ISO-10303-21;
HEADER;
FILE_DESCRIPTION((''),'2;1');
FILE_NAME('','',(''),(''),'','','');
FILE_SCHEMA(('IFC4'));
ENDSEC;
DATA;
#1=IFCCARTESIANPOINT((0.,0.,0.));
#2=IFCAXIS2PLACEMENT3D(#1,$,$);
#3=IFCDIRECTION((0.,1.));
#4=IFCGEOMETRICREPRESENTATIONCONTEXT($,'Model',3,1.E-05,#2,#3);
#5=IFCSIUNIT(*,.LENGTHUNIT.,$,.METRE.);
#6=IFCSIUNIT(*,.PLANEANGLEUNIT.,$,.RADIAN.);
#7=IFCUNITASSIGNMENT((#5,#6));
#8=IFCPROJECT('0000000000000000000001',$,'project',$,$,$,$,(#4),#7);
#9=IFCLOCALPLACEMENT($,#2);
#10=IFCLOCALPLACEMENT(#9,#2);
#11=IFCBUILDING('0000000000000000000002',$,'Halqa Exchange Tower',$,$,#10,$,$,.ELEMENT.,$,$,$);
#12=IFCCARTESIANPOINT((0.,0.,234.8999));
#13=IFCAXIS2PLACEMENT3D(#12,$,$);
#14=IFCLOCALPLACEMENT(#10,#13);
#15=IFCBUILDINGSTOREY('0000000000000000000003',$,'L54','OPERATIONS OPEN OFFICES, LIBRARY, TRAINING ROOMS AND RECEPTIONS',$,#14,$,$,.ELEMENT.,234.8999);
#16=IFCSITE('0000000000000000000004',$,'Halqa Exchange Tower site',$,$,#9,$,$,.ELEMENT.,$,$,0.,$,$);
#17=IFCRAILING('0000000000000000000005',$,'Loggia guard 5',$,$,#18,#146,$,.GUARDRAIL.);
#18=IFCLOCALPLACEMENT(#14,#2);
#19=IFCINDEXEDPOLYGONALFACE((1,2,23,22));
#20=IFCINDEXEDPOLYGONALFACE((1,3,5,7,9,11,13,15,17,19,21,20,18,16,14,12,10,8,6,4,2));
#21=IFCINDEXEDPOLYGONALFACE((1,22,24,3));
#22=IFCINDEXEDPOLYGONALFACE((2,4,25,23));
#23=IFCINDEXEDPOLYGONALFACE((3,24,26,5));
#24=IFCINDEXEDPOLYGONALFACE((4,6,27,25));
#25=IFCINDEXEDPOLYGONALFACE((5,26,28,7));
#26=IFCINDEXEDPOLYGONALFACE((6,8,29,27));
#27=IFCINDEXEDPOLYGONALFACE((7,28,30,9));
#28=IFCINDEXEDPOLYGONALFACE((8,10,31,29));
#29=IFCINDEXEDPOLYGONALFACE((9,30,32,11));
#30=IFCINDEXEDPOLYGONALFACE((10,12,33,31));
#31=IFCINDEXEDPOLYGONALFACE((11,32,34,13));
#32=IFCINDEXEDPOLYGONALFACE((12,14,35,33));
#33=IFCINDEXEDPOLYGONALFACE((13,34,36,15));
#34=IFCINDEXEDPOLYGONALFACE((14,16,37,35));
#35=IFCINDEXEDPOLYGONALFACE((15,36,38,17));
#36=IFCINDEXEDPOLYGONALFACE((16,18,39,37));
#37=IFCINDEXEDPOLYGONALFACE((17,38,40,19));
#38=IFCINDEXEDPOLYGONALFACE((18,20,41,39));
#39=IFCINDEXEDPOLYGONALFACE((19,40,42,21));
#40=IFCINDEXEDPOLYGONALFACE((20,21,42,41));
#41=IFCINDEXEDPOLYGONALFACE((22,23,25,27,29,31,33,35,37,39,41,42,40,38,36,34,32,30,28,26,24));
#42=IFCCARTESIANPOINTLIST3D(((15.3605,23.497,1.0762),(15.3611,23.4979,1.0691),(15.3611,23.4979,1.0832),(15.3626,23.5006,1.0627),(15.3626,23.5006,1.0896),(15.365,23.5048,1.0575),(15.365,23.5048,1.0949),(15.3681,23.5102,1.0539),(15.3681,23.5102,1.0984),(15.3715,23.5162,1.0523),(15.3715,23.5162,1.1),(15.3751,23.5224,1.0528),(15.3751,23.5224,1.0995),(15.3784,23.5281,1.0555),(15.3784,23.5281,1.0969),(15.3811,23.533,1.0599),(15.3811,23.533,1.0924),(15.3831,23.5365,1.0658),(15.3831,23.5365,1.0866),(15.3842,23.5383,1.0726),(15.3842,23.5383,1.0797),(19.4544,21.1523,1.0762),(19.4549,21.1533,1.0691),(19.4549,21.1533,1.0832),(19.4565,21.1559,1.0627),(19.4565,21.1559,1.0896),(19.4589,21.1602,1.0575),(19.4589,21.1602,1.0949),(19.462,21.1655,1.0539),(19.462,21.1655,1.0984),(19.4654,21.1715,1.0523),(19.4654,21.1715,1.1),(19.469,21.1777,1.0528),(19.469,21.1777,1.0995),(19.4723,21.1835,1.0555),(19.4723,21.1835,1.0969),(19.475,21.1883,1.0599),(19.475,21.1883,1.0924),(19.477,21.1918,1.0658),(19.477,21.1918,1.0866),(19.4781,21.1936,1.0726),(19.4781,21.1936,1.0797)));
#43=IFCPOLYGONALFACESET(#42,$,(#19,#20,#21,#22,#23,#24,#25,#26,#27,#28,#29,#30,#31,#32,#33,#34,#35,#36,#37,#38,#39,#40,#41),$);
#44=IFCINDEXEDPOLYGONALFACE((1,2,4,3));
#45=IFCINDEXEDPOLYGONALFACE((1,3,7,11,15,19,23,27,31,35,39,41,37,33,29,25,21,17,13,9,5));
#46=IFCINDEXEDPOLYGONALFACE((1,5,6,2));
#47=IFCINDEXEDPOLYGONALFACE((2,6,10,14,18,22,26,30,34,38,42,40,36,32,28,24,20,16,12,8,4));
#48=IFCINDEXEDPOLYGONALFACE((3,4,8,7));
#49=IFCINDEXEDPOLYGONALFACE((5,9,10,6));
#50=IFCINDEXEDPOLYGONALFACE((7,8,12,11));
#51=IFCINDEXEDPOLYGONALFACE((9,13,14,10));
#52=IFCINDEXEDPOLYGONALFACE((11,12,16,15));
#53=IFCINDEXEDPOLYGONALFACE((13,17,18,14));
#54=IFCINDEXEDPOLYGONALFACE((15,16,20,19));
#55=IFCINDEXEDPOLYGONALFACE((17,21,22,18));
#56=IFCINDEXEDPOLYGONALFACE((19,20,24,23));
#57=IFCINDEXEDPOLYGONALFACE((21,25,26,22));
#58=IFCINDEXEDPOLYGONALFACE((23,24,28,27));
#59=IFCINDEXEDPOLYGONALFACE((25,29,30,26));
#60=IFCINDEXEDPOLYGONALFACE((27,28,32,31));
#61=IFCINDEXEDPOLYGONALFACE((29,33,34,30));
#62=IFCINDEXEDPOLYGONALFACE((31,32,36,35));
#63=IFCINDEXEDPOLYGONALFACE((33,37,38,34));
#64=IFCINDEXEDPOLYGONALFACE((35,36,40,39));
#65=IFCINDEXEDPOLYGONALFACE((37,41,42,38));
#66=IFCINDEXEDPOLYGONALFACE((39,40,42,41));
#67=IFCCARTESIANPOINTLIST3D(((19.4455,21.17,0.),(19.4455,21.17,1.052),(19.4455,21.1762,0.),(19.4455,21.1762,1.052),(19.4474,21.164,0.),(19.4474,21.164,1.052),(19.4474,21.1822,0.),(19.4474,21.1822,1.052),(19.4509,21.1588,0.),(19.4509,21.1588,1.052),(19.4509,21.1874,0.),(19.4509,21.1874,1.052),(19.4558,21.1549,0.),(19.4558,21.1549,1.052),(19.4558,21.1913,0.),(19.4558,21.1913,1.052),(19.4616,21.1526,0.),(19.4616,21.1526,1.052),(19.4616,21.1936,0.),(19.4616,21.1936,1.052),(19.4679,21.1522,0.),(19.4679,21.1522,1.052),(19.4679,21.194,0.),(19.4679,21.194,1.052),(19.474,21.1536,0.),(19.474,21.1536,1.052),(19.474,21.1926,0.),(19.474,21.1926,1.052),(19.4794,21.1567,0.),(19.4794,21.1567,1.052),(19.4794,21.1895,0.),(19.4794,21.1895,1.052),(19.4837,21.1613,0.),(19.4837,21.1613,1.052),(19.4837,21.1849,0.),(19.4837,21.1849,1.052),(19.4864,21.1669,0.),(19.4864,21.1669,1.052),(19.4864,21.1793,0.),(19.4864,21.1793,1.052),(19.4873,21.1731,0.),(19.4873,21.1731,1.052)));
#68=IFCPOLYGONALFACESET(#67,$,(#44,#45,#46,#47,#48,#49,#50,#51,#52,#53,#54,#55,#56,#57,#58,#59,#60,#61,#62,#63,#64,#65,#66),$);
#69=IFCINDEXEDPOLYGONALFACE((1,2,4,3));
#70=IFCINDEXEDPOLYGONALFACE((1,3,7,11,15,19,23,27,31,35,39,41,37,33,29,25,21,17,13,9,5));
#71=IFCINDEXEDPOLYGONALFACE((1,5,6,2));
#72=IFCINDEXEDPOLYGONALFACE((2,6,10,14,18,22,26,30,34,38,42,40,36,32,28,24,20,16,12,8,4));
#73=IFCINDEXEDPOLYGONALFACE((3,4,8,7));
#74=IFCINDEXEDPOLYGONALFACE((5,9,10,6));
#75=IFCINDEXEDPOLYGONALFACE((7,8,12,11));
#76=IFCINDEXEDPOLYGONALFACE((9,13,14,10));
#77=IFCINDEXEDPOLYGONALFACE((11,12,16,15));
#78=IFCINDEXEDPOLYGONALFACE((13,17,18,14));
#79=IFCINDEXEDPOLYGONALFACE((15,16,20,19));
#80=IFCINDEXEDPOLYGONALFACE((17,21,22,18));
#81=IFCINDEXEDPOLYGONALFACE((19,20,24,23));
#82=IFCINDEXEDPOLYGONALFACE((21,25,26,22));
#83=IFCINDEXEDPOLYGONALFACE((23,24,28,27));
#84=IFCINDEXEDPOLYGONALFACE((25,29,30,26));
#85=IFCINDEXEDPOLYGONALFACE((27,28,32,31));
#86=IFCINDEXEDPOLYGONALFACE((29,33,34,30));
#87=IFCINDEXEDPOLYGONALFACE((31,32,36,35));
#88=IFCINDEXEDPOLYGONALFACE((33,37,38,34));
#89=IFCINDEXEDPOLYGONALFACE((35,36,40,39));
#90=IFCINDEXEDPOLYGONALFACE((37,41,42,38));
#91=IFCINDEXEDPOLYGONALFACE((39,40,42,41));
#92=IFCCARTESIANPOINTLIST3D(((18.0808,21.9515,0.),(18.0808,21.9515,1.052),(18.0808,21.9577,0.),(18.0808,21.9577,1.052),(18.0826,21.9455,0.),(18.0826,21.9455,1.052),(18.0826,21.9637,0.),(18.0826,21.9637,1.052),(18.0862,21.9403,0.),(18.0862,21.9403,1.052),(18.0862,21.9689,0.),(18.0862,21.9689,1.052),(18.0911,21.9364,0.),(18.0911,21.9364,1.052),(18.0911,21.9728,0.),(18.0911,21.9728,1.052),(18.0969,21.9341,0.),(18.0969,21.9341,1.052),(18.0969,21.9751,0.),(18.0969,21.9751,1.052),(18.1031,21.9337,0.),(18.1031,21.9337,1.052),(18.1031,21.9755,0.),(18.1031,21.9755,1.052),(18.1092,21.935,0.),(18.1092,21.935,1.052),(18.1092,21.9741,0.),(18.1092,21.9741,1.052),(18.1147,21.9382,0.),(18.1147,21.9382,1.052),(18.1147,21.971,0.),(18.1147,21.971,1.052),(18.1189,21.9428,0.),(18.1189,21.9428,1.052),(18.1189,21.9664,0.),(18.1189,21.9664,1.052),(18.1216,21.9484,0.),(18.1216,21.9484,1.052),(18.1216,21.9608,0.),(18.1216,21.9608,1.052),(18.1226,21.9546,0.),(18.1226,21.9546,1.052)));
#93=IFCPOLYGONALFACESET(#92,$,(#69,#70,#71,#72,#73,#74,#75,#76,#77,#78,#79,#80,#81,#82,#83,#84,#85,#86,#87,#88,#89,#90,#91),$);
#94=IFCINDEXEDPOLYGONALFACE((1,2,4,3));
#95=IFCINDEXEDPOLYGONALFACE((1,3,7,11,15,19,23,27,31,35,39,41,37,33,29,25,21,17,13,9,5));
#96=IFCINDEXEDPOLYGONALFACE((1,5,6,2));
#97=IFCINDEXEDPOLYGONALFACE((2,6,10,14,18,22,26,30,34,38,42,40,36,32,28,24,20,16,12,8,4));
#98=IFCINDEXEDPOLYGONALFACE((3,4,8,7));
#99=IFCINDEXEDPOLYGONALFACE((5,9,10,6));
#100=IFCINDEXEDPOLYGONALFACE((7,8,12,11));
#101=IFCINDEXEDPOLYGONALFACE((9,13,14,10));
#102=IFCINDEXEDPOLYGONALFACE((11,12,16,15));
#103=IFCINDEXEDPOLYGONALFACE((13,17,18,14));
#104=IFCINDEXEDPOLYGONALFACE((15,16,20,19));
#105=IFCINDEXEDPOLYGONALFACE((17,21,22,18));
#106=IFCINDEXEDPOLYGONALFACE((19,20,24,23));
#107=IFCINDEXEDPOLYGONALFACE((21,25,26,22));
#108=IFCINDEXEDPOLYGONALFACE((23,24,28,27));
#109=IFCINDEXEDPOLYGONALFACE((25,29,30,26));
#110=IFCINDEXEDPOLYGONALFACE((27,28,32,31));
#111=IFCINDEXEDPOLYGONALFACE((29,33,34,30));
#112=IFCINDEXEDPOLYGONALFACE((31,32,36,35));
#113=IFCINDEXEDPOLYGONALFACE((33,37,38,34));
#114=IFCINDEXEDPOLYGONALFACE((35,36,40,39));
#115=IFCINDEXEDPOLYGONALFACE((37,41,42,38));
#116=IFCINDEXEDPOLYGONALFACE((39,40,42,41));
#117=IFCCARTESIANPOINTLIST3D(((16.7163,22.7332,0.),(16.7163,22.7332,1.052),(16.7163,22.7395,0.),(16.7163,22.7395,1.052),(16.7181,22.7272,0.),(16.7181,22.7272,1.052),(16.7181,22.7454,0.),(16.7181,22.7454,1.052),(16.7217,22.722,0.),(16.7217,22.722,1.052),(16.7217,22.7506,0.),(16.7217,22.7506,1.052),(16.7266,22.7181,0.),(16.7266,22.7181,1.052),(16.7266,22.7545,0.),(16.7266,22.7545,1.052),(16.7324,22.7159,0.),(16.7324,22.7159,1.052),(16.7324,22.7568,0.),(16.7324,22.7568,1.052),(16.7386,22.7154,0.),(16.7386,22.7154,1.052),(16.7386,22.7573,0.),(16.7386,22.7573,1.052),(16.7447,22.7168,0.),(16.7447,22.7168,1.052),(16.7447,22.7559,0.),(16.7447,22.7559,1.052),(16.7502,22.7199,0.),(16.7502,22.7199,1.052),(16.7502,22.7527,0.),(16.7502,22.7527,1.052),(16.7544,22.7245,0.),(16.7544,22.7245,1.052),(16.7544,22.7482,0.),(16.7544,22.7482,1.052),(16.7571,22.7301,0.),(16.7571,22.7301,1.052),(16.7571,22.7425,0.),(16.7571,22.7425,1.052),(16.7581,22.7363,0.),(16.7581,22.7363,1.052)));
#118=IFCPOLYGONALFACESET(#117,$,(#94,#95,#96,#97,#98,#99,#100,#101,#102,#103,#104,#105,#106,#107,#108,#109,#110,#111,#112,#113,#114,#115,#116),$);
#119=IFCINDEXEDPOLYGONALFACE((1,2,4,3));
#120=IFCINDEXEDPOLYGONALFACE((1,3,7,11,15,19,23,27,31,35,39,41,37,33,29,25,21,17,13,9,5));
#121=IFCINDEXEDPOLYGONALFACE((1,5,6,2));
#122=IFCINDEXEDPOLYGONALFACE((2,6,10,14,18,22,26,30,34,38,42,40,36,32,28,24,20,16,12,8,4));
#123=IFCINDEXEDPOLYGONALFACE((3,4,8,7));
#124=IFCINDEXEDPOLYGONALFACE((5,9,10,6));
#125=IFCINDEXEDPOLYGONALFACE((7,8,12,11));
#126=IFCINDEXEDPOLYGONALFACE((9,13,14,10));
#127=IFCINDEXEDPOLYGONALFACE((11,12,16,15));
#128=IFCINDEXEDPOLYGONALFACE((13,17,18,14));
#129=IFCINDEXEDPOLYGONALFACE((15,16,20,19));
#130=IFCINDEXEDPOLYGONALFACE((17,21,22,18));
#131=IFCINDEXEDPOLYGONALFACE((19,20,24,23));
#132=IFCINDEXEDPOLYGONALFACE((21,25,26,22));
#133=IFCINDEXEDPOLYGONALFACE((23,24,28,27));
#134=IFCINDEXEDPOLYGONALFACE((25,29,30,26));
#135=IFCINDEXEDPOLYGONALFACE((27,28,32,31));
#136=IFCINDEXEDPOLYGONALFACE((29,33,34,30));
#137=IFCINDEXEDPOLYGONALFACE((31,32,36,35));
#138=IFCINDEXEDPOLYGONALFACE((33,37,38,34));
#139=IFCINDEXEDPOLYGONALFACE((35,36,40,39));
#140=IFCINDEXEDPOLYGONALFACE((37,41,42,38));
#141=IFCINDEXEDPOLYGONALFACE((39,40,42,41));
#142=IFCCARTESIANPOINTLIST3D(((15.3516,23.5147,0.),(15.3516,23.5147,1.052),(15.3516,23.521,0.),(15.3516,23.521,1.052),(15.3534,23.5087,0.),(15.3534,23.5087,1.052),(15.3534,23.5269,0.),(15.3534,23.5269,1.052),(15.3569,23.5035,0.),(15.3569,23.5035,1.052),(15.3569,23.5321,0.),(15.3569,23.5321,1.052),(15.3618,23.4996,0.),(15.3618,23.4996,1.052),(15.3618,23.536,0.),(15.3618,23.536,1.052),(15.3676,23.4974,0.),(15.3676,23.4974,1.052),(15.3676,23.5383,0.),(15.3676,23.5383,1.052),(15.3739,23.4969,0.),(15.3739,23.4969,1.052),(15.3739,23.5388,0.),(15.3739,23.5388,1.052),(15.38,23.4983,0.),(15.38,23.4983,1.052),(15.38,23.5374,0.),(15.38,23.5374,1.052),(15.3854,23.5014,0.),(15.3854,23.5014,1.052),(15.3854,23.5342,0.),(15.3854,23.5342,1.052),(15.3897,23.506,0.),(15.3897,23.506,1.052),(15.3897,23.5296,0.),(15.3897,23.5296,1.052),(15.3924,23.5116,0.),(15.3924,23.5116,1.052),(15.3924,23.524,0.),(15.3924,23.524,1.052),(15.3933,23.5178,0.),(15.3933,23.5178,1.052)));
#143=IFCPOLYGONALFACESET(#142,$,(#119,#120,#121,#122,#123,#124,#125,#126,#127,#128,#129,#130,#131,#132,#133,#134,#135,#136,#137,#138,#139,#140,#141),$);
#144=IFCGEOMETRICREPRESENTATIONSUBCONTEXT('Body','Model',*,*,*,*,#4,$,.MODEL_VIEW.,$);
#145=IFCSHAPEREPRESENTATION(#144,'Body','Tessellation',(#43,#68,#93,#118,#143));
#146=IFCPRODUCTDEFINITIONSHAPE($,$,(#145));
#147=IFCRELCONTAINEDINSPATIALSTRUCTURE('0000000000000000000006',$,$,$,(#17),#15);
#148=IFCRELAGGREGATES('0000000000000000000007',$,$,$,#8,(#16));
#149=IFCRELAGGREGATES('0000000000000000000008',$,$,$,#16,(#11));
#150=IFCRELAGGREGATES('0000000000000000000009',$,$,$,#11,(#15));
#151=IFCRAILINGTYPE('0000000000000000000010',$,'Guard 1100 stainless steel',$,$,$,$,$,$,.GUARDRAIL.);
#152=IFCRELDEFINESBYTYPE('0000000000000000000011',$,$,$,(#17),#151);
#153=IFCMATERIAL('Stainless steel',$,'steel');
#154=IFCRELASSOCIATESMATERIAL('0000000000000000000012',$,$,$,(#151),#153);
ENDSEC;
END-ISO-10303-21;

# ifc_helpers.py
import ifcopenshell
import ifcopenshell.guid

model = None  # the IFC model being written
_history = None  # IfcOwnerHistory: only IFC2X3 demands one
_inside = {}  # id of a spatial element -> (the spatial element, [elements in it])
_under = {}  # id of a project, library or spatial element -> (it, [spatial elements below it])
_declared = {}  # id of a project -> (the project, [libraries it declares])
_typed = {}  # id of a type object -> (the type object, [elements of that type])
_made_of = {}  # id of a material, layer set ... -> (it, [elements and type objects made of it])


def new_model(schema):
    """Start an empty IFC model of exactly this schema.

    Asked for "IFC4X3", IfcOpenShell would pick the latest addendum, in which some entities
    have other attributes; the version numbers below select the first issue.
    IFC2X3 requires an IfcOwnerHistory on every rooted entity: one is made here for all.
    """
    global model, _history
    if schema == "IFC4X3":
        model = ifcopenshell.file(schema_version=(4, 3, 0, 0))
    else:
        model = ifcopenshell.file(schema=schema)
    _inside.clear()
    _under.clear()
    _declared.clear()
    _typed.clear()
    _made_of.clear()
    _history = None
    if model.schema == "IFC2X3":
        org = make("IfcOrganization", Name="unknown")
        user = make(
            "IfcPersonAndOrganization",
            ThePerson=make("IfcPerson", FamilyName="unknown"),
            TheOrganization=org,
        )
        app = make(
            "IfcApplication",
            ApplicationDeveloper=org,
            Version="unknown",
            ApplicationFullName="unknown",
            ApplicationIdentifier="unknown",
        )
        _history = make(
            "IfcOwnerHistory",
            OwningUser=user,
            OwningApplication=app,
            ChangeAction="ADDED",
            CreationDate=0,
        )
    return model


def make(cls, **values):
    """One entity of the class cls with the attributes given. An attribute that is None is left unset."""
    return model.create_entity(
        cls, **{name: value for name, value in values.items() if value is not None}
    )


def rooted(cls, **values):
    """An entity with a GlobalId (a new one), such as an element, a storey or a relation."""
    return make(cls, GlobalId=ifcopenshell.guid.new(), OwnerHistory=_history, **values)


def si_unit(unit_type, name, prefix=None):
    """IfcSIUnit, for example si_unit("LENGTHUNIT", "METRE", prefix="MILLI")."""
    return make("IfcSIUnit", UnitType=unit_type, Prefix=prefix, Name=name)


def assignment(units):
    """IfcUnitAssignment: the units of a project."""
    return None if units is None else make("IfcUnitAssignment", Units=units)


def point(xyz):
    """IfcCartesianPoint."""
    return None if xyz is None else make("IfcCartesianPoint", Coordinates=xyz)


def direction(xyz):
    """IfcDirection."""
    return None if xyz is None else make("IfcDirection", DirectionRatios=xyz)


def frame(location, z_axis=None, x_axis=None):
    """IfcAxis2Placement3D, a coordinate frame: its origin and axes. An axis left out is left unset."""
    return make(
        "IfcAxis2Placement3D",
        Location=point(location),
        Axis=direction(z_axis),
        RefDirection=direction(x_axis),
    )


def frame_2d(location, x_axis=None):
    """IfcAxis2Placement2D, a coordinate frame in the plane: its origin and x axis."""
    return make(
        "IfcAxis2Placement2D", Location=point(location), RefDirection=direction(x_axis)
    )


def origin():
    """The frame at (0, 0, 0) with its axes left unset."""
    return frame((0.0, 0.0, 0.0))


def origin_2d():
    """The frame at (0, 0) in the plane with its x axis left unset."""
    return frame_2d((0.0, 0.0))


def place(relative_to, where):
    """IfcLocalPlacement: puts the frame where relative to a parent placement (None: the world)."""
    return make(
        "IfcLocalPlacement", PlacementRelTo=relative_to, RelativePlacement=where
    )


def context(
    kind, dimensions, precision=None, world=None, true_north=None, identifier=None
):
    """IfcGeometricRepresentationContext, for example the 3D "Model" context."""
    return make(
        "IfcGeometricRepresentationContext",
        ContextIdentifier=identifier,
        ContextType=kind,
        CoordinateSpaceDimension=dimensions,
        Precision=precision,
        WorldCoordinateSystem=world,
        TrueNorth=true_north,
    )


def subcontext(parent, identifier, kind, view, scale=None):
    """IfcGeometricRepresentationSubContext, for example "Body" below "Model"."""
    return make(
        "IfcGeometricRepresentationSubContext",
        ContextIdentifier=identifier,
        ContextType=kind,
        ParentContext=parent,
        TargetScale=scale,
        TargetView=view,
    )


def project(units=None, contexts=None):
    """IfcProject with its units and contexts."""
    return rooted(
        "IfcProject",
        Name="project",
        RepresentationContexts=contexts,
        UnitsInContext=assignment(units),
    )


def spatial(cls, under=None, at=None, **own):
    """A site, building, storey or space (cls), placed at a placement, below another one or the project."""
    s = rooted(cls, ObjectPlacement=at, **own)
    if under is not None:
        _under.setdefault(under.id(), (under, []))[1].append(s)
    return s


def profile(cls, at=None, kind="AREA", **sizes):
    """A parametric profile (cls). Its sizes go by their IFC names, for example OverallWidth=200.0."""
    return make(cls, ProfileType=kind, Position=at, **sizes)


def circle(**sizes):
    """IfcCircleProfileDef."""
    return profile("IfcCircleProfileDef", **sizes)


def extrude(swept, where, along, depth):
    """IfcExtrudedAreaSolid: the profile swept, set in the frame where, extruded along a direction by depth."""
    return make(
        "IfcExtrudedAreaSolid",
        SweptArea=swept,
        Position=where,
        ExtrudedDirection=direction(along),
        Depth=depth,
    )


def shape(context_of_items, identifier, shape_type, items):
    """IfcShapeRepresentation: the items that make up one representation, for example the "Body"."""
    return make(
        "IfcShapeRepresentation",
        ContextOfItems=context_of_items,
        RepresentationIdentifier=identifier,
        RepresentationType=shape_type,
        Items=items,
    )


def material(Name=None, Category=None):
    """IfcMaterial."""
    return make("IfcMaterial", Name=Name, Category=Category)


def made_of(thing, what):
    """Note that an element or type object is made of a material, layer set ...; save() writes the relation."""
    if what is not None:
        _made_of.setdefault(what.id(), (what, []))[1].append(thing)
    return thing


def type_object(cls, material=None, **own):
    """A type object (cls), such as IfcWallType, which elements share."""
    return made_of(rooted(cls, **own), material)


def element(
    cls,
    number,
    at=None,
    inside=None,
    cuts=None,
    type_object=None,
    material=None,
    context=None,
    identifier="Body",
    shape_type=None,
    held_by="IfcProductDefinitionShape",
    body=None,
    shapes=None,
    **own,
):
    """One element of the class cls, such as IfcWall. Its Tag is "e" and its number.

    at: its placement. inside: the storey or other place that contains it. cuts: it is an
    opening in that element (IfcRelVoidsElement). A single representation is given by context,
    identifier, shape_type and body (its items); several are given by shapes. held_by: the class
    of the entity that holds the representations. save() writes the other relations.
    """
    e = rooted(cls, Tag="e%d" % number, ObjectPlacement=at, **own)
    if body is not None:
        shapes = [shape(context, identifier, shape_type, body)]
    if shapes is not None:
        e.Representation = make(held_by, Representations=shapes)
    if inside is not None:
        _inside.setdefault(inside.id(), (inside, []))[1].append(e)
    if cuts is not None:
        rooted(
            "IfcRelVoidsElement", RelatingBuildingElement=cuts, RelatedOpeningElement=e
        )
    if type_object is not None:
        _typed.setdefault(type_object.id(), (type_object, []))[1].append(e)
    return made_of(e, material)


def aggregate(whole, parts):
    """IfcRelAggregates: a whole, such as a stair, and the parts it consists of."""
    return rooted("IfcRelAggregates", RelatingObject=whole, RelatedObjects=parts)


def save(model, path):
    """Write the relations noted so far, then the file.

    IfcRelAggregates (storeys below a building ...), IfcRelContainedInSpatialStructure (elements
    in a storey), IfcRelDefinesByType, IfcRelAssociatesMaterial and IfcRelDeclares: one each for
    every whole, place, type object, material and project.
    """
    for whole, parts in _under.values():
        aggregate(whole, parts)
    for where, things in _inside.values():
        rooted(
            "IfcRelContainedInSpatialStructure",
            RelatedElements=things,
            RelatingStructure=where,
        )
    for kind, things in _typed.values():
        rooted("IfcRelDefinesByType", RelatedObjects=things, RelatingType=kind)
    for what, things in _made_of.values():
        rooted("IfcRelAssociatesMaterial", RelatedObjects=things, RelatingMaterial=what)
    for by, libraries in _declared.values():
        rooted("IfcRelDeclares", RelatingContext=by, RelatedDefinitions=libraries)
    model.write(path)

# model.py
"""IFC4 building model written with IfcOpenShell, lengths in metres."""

from ifc_helpers import new_model, si_unit, direction, frame, origin, origin_2d, place, context, subcontext, project, spatial, circle, extrude, material, type_object, element, save


model = new_model("IFC4")

# Units and contexts
model_context = context("Model", 3, precision=1e-05, world=origin(), true_north=direction((0.0, 1.0)))
body_context = subcontext(model_context, "Body", "Model", "MODEL_VIEW")
ifc_project = project(units=[si_unit("LENGTHUNIT", "METRE"), si_unit("PLANEANGLEUNIT", "RADIAN")], contexts=[model_context])

# Site, building, storey
site_placement = place(None, origin())
site = spatial("IfcSite", under=ifc_project, at=site_placement, Name="Halqa Exchange Tower site", CompositionType="ELEMENT", RefElevation=0.0)
building_placement = place(site_placement, origin())
building = spatial("IfcBuilding", under=site, at=building_placement, Name="Halqa Exchange Tower", CompositionType="ELEMENT")
storey_placement = place(building_placement, frame((0.0, 0.0, 234.8999)))
storey = spatial("IfcBuildingStorey", under=building, at=storey_placement, Name="L54", Description="OPERATIONS OPEN OFFICES, LIBRARY, TRAINING ROOMS AND RECEPTIONS", CompositionType="ELEMENT", Elevation=234.8999)

# Railing
ifc_material_1 = material(Name="Stainless steel", Category="steel")
railing_type = type_object("IfcRailingType", Name="Guard 1100 stainless steel", PredefinedType="GUARDRAIL", material=ifc_material_1)
railing_1_placement = place(storey_placement, frame((19.4663, 21.1731, 0.0)))
element("IfcRailing", 1, at=railing_1_placement, inside=storey, type_object=railing_type, Name="Loggia guard 5", PredefinedType="GUARDRAIL", context=body_context, shape_type="SweptSolid", body=[
    extrude(circle(Radius=0.0239, at=origin_2d()), frame((0.0, 0.0, 1.0762), z_axis=(-0.867759, 0.496986, 0.0), x_axis=(-0.496986, -0.867759, 0.0)), (0.0, 0.0, 1.0), 4.7178),
    extrude(circle(Radius=0.021, at=origin_2d()), origin(), (0.0, 0.0, 1.0), 1.052),
    extrude(circle(Radius=0.021, at=origin_2d()), frame((-1.3647, 0.7815, 0.0)), (0.0, 0.0, 1.0), 1.052),
    extrude(circle(Radius=0.021, at=origin_2d()), frame((-2.7292, 1.5632, 0.0)), (0.0, 0.0, 1.0), 1.052),
    extrude(circle(Radius=0.021, at=origin_2d()), frame((-4.094, 2.3447, 0.0)), (0.0, 0.0, 1.0), 1.052),
])

save(model, "model.ifc")
